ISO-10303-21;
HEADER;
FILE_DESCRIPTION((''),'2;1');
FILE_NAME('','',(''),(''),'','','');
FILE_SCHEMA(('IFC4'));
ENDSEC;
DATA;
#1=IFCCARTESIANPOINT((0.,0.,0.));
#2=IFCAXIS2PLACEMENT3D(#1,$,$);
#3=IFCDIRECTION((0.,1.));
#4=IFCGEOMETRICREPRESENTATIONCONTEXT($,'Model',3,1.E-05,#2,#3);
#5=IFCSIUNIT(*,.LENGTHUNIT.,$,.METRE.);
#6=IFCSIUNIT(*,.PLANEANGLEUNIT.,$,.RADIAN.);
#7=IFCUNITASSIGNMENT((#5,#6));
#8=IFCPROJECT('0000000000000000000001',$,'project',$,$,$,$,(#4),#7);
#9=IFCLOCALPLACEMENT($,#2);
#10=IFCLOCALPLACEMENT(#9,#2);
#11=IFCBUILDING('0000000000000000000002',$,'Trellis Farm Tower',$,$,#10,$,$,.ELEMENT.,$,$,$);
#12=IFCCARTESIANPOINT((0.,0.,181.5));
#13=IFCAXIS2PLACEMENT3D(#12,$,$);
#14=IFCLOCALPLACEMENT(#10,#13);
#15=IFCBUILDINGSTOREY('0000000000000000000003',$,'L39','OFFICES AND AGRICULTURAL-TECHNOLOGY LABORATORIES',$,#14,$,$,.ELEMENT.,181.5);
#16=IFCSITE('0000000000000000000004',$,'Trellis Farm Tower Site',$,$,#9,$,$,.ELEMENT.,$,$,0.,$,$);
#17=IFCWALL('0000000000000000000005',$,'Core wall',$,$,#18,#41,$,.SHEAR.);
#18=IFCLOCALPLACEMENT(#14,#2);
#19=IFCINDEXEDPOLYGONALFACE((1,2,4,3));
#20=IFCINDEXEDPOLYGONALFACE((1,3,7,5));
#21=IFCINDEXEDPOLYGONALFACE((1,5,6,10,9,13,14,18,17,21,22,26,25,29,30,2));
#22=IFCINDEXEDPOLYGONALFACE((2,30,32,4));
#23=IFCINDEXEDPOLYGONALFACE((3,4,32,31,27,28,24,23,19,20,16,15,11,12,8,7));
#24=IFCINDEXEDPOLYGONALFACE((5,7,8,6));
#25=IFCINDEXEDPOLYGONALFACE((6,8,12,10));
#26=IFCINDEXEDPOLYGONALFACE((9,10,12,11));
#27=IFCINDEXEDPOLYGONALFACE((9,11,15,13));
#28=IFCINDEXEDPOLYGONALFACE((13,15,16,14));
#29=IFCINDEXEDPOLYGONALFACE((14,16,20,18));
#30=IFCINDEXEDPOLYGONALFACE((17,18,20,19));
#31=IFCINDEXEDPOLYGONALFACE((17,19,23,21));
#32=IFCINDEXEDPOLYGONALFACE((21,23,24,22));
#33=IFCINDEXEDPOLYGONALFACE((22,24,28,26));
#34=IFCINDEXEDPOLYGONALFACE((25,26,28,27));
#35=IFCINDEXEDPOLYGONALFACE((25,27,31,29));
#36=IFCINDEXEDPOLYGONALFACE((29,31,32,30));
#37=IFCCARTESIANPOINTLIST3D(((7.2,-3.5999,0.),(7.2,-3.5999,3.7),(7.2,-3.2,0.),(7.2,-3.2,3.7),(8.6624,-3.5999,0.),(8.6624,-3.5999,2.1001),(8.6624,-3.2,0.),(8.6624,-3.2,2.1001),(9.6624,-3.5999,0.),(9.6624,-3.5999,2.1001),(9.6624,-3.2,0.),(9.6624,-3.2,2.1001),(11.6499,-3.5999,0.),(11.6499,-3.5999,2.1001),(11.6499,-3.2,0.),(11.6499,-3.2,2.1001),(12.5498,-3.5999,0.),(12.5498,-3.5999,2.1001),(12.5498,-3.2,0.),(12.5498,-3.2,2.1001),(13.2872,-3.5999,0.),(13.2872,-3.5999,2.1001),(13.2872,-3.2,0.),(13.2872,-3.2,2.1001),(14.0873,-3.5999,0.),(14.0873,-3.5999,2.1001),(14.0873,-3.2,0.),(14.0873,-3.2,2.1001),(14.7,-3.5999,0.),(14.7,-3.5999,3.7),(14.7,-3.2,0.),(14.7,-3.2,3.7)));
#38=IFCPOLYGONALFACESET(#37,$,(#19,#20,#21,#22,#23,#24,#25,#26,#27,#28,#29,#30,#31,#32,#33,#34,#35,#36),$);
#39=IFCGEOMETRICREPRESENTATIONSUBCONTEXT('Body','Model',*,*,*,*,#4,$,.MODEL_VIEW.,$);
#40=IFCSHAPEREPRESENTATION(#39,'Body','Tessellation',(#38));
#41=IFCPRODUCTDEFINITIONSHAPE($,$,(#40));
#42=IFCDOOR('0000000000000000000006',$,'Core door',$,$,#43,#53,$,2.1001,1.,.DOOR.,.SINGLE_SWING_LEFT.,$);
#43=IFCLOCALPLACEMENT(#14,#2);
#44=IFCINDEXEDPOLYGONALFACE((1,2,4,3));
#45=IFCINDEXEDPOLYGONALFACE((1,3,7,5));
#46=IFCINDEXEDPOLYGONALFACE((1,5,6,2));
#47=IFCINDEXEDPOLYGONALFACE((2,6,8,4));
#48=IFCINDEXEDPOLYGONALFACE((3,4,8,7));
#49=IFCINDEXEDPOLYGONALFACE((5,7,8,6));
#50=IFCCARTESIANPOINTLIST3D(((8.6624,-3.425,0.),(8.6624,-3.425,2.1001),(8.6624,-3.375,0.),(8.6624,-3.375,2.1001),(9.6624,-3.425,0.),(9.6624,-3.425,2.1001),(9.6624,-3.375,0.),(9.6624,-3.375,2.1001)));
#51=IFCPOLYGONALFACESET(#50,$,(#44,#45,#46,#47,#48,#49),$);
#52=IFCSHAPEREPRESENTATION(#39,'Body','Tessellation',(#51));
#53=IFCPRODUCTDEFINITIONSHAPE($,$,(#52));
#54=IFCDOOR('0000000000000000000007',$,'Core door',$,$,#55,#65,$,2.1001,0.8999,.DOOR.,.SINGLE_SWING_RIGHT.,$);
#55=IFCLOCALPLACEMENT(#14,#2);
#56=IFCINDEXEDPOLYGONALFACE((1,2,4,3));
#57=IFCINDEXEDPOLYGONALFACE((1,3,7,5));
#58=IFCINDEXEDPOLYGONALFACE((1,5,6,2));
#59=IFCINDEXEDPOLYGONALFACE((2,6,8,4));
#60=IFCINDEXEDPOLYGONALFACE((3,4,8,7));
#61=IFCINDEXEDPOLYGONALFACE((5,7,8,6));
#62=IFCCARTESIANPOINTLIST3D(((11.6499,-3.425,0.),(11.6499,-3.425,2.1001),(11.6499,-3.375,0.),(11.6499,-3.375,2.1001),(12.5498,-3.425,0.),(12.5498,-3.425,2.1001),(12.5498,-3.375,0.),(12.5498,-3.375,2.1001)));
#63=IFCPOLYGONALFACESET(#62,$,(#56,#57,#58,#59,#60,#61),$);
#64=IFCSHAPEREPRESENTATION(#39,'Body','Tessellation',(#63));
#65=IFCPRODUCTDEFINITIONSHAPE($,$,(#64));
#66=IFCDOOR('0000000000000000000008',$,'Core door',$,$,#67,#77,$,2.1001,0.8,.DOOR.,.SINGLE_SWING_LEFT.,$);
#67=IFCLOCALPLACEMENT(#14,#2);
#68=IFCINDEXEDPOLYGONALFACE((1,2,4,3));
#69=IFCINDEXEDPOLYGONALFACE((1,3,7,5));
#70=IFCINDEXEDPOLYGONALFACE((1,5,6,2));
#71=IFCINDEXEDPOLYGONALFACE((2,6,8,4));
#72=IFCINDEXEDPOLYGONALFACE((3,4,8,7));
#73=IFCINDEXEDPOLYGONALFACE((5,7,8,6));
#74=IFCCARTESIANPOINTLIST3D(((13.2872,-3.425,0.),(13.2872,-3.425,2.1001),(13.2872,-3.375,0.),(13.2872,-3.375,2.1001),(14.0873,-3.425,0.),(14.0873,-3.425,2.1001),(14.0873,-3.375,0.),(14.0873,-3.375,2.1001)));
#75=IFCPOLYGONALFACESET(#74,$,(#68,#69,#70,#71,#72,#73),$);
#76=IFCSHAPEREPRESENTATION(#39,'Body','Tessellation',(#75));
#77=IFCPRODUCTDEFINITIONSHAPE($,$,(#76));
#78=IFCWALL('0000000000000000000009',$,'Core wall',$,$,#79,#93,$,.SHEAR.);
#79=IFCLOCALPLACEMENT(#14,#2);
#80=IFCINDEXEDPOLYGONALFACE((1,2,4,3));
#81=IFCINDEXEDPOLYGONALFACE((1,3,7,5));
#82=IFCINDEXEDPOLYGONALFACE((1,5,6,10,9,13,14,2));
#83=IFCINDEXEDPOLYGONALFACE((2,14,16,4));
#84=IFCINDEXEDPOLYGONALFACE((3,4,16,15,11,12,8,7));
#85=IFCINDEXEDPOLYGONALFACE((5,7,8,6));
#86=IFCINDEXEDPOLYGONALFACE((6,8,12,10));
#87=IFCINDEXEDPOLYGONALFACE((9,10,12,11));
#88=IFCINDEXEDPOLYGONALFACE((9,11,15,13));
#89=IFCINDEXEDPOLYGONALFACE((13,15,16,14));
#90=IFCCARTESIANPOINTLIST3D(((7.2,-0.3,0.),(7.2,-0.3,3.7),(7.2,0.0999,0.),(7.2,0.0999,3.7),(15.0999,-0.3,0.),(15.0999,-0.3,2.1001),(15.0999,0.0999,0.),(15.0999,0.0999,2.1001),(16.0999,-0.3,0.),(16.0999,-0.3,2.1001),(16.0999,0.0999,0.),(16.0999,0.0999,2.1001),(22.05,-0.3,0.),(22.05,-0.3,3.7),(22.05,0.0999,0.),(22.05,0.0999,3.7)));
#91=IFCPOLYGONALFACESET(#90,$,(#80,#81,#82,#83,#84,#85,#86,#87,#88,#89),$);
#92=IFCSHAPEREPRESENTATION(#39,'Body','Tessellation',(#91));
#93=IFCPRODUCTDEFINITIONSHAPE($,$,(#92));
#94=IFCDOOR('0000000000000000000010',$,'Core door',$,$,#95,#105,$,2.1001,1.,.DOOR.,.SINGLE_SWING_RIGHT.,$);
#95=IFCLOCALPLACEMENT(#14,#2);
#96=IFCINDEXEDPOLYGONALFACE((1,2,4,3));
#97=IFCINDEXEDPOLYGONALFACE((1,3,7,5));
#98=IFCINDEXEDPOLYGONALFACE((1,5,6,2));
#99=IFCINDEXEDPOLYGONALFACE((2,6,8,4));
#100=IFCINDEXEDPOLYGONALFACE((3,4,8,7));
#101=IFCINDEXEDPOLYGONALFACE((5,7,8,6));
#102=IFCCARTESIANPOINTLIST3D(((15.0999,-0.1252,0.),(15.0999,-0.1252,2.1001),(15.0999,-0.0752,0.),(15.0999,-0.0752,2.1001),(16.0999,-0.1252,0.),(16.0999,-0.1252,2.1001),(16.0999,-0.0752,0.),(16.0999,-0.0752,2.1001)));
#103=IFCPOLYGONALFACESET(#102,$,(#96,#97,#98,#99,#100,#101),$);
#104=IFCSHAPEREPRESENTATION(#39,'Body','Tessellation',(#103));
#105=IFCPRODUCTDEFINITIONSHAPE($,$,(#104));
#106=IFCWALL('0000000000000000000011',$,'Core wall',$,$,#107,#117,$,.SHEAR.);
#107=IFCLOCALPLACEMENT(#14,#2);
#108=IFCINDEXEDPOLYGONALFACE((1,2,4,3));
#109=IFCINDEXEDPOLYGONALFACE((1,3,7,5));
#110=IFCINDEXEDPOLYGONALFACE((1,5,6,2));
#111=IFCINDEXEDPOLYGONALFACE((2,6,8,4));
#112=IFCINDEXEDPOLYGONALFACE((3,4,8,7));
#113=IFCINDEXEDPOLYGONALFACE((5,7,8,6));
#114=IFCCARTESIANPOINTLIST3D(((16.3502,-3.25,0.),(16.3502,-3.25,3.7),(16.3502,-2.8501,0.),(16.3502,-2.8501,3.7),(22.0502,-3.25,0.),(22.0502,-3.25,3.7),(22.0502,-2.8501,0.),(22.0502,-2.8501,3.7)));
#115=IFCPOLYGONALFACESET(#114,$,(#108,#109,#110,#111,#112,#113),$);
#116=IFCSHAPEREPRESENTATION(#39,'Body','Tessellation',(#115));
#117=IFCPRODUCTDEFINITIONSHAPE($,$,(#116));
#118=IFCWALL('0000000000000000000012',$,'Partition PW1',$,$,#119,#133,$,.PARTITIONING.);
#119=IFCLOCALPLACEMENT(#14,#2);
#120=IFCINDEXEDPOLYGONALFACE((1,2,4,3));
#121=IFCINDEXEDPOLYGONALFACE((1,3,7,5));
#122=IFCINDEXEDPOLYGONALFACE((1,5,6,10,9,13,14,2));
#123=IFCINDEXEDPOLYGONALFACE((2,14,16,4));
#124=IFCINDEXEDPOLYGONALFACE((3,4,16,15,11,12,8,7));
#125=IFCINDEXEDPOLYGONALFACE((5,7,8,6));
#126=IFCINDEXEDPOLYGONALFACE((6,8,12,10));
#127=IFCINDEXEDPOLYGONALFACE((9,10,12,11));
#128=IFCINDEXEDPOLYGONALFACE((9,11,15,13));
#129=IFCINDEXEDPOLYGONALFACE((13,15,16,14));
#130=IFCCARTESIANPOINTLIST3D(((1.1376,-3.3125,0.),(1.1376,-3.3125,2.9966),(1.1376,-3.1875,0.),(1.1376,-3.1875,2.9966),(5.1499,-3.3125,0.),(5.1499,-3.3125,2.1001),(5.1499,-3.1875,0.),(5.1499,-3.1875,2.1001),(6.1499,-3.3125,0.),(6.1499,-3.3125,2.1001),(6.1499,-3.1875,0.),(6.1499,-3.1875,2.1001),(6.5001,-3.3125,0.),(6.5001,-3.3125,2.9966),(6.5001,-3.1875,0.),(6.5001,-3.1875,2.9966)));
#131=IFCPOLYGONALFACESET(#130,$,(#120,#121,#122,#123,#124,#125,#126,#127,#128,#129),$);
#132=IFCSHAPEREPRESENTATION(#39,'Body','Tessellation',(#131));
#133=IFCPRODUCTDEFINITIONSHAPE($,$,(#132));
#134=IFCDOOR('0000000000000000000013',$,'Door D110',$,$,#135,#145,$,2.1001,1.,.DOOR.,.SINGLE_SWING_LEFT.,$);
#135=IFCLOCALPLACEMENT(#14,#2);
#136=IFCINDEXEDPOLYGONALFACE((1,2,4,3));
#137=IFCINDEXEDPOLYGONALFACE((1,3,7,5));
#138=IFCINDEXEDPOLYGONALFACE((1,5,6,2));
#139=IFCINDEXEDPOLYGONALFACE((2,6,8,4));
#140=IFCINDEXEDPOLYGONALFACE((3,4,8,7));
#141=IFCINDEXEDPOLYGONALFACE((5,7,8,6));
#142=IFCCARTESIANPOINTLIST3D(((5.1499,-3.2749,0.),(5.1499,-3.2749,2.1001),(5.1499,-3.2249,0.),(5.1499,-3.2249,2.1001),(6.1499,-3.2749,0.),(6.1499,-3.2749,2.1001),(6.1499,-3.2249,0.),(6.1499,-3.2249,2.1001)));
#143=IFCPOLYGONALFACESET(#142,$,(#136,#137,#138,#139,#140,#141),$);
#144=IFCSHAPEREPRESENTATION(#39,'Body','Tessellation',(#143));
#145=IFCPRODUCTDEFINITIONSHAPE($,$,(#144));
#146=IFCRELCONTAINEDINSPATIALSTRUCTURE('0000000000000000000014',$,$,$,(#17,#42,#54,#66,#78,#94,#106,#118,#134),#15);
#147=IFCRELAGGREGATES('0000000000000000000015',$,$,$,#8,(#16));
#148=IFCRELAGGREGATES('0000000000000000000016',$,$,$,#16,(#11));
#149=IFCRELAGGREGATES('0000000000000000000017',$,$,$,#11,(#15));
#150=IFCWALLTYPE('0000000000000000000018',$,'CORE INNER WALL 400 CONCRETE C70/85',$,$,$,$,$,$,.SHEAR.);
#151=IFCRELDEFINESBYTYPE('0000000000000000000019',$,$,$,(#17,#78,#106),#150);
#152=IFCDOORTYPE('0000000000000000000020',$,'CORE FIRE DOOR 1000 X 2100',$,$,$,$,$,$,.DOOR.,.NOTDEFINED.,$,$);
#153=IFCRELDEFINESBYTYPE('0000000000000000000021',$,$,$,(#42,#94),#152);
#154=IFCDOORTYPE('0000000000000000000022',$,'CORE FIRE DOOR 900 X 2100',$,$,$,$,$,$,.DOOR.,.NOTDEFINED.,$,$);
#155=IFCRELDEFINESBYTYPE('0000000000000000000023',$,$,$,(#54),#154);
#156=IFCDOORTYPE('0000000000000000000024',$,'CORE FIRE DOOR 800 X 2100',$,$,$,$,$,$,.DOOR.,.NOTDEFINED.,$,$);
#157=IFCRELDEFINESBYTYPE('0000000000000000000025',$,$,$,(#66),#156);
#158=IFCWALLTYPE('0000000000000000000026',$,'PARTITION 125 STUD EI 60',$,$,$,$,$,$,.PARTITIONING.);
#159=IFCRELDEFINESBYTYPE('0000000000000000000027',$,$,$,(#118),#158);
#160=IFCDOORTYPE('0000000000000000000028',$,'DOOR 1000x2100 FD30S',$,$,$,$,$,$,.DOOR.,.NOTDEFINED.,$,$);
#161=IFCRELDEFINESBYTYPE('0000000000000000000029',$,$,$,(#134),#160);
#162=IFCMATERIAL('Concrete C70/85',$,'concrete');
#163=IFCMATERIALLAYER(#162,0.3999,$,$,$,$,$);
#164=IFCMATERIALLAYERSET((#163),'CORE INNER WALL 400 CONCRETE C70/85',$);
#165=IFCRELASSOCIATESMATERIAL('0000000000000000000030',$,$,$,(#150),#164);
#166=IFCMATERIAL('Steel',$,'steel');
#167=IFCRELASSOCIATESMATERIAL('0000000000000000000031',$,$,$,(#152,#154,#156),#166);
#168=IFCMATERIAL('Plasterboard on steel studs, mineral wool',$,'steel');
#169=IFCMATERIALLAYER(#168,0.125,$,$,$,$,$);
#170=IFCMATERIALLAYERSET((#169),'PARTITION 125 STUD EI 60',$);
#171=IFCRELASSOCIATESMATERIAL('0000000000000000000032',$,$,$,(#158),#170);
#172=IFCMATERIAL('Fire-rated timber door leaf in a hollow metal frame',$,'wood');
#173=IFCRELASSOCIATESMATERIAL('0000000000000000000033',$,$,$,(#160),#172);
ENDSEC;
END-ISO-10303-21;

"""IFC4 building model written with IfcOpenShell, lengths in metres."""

from ifc_helpers import new_model, si_unit, direction, frame, frame_2d, origin, place, context, subcontext, project, spatial, rectangle, extrude, source, transform, mapped, material, layer, layer_set, type_object, element, fill, save


model = new_model("IFC4")

# Units and contexts
model_context = context("Model", 3, precision=1e-05, world=origin(), true_north=direction((0.0, 1.0)))
body_context = subcontext(model_context, "Body", "Model", "MODEL_VIEW")
ifc_project = project(units=[si_unit("LENGTHUNIT", "METRE"), si_unit("PLANEANGLEUNIT", "RADIAN")], contexts=[model_context])

# Site, building, storey
site_placement = place(None, origin())
site = spatial("IfcSite", under=ifc_project, at=site_placement, Name="Trellis Farm Tower Site", CompositionType="ELEMENT", RefElevation=0.0)
building_placement = place(site_placement, origin())
building = spatial("IfcBuilding", under=site, at=building_placement, Name="Trellis Farm Tower", CompositionType="ELEMENT")
storey_placement = place(building_placement, frame((0.0, 0.0, 181.5)))
storey = spatial("IfcBuildingStorey", under=building, at=storey_placement, Name="L39", Description="OFFICES AND AGRICULTURAL-TECHNOLOGY LABORATORIES", CompositionType="ELEMENT", Elevation=181.5)

# Shared definitions
ifc_material_1 = material(Name="Concrete C70/85", Category="concrete")

# Wall, openings, doors
ifc_layer_1 = layer(ifc_material_1, 0.3999)
ifc_layer_set_1 = layer_set([ifc_layer_1], Name="CORE INNER WALL 400 CONCRETE C70/85")
wall_type_1 = type_object("IfcWallType", Name="CORE INNER WALL 400 CONCRETE C70/85", PredefinedType="SHEAR", material=ifc_layer_set_1)
shared_shape_1 = source(origin(), body_context, "Body", "SweptSolid", [
    extrude(rectangle(XDim=7.5, YDim=0.3999, at=frame_2d((3.75, 0.0))), origin(), (0.0, 0.0, 1.0), 3.7),
])
wall_1_placement = place(storey_placement, frame((7.2, -3.3999, 0.0), z_axis=(0.0, 0.0, 1.0), x_axis=(1.0, 0.0, 0.0)))
wall_1 = element("IfcWall", 1, at=wall_1_placement, inside=storey, type_object=wall_type_1, Name="Core wall", PredefinedType="SHEAR", context=body_context, shape_type="MappedRepresentation", body=[
    mapped(shared_shape_1, transform((0.0, 0.0, 0.0))),
])
shared_shape_2 = source(origin(), body_context, "Body", "SweptSolid", [
    extrude(rectangle(XDim=1.0, YDim=2.1001, at=frame_2d((0.5, 1.05))), frame((0.0, 0.21, 0.0), z_axis=(0.0, -1.0, 0.0), x_axis=(1.0, 0.0, 0.0)), (0.0, 0.0, 1.0), 0.4199),
])
opening_1_placement = place(wall_1_placement, frame((1.4624, 0.0, 0.0)))
opening_1 = element("IfcOpeningElement", 2, at=opening_1_placement, cuts=wall_1, PredefinedType="OPENING", context=body_context, shape_type="MappedRepresentation", body=[
    mapped(shared_shape_2, transform((0.0, 0.0, 0.0))),
])
shared_shape_3 = source(origin(), body_context, "Body", "SweptSolid", [
    extrude(rectangle(XDim=0.8999, YDim=2.1001, at=frame_2d((0.45, 1.05))), frame((0.0, 0.21, 0.0), z_axis=(0.0, -1.0, 0.0), x_axis=(1.0, 0.0, 0.0)), (0.0, 0.0, 1.0), 0.4199),
])
opening_2_placement = place(wall_1_placement, frame((4.45, 0.0, 0.0)))
opening_2 = element("IfcOpeningElement", 3, at=opening_2_placement, cuts=wall_1, PredefinedType="OPENING", context=body_context, shape_type="MappedRepresentation", body=[
    mapped(shared_shape_3, transform((0.0, 0.0, 0.0))),
])
shared_shape_4 = source(origin(), body_context, "Body", "SweptSolid", [
    extrude(rectangle(XDim=0.8, YDim=2.1001, at=frame_2d((0.3999, 1.05))), frame((0.0, 0.21, 0.0), z_axis=(0.0, -1.0, 0.0), x_axis=(1.0, 0.0, 0.0)), (0.0, 0.0, 1.0), 0.4199),
])
opening_3_placement = place(wall_1_placement, frame((6.0874, 0.0, 0.0)))
opening_3 = element("IfcOpeningElement", 4, at=opening_3_placement, cuts=wall_1, PredefinedType="OPENING", context=body_context, shape_type="MappedRepresentation", body=[
    mapped(shared_shape_4, transform((0.0, 0.0, 0.0))),
])
ifc_material_2 = material(Name="Steel", Category="steel")
door_type_1 = type_object("IfcDoorType", Name="CORE FIRE DOOR 1000 X 2100", OperationType="NOTDEFINED", PredefinedType="DOOR", material=ifc_material_2)
shared_shape_5 = source(origin(), body_context, "Body", "SweptSolid", [
    extrude(rectangle(XDim=1.0, YDim=2.1001, at=frame_2d((0.5, 1.05))), frame((0.0, 0.0249, 0.0), z_axis=(0.0, -1.0, 0.0), x_axis=(1.0, 0.0, 0.0)), (0.0, 0.0, 1.0), 0.05),
])
door_1_placement = place(opening_1_placement, origin())
door_1 = element("IfcDoor", 5, at=door_1_placement, inside=storey, type_object=door_type_1, Name="Core door", OperationType="SINGLE_SWING_LEFT", OverallHeight=2.1001, OverallWidth=1.0, PredefinedType="DOOR", context=body_context, shape_type="MappedRepresentation", body=[
    mapped(shared_shape_5, transform((0.0, 0.0, 0.0))),
])
fill(opening_1, door_1)
door_type_2 = type_object("IfcDoorType", Name="CORE FIRE DOOR 900 X 2100", OperationType="NOTDEFINED", PredefinedType="DOOR", material=ifc_material_2)
shared_shape_6 = source(origin(), body_context, "Body", "SweptSolid", [
    extrude(rectangle(XDim=0.8999, YDim=2.1001, at=frame_2d((0.45, 1.05))), frame((0.0, 0.0249, 0.0), z_axis=(0.0, -1.0, 0.0), x_axis=(1.0, 0.0, 0.0)), (0.0, 0.0, 1.0), 0.05),
])
door_2_placement = place(opening_2_placement, origin())
door_2 = element("IfcDoor", 6, at=door_2_placement, inside=storey, type_object=door_type_2, Name="Core door", OperationType="SINGLE_SWING_RIGHT", OverallHeight=2.1001, OverallWidth=0.8999, PredefinedType="DOOR", context=body_context, shape_type="MappedRepresentation", body=[
    mapped(shared_shape_6, transform((0.0, 0.0, 0.0))),
])
fill(opening_2, door_2)
door_type_3 = type_object("IfcDoorType", Name="CORE FIRE DOOR 800 X 2100", OperationType="NOTDEFINED", PredefinedType="DOOR", material=ifc_material_2)
shared_shape_7 = source(origin(), body_context, "Body", "SweptSolid", [
    extrude(rectangle(XDim=0.8, YDim=2.1001, at=frame_2d((0.3999, 1.05))), frame((0.0, 0.0249, 0.0), z_axis=(0.0, -1.0, 0.0), x_axis=(1.0, 0.0, 0.0)), (0.0, 0.0, 1.0), 0.05),
])
door_3_placement = place(opening_3_placement, origin())
door_3 = element("IfcDoor", 7, at=door_3_placement, inside=storey, type_object=door_type_3, Name="Core door", OperationType="SINGLE_SWING_LEFT", OverallHeight=2.1001, OverallWidth=0.8, PredefinedType="DOOR", context=body_context, shape_type="MappedRepresentation", body=[
    mapped(shared_shape_7, transform((0.0, 0.0, 0.0))),
])
fill(opening_3, door_3)

# Wall, opening, door
shared_shape_8 = source(origin(), body_context, "Body", "SweptSolid", [
    extrude(rectangle(XDim=14.8501, YDim=0.3999, at=frame_2d((7.425, 0.0))), origin(), (0.0, 0.0, 1.0), 3.7),
])
wall_2_placement = place(storey_placement, frame((7.2, -0.1001, 0.0), z_axis=(0.0, 0.0, 1.0), x_axis=(1.0, 0.0, 0.0)))
wall_2 = element("IfcWall", 8, at=wall_2_placement, inside=storey, type_object=wall_type_1, Name="Core wall", PredefinedType="SHEAR", context=body_context, shape_type="MappedRepresentation", body=[
    mapped(shared_shape_8, transform((0.0, 0.0, 0.0))),
])
opening_4_placement = place(wall_2_placement, frame((7.8999, 0.0, 0.0)))
opening_4 = element("IfcOpeningElement", 9, at=opening_4_placement, cuts=wall_2, PredefinedType="OPENING", context=body_context, shape_type="MappedRepresentation", body=[
    mapped(shared_shape_2, transform((0.0, 0.0, 0.0))),
])
door_4_placement = place(opening_4_placement, origin())
door_4 = element("IfcDoor", 10, at=door_4_placement, inside=storey, type_object=door_type_1, Name="Core door", OperationType="SINGLE_SWING_RIGHT", OverallHeight=2.1001, OverallWidth=1.0, PredefinedType="DOOR", context=body_context, shape_type="MappedRepresentation", body=[
    mapped(shared_shape_5, transform((0.0, 0.0, 0.0))),
])
fill(opening_4, door_4)

# Wall
shared_shape_9 = source(origin(), body_context, "Body", "SweptSolid", [
    extrude(rectangle(XDim=5.7, YDim=0.3999, at=frame_2d((2.8501, 0.0))), origin(), (0.0, 0.0, 1.0), 3.7),
])
wall_3_placement = place(storey_placement, frame((16.3501, -3.05, 0.0), z_axis=(0.0, 0.0, 1.0), x_axis=(1.0, 0.0, 0.0)))
element("IfcWall", 11, at=wall_3_placement, inside=storey, type_object=wall_type_1, Name="Core wall", PredefinedType="SHEAR", context=body_context, shape_type="MappedRepresentation", body=[
    mapped(shared_shape_9, transform((0.0, 0.0, 0.0))),
])

# Wall, opening, door
ifc_material_3 = material(Name="Plasterboard on steel studs, mineral wool", Category="steel")
ifc_layer_2 = layer(ifc_material_3, 0.125)
ifc_layer_set_2 = layer_set([ifc_layer_2], Name="PARTITION 125 STUD EI 60")
wall_type_2 = type_object("IfcWallType", Name="PARTITION 125 STUD EI 60", PredefinedType="PARTITIONING", material=ifc_layer_set_2)
shared_shape_10 = source(origin(), body_context, "Body", "SweptSolid", [
    extrude(rectangle(XDim=5.3625, YDim=0.125, at=frame_2d((2.6812, 0.0))), origin(), (0.0, 0.0, 1.0), 2.9966),
])
wall_4_placement = place(storey_placement, frame((6.5, -3.25, 0.0), z_axis=(0.0, 0.0, 1.0), x_axis=(-1.0, 0.0, 0.0)))
wall_4 = element("IfcWall", 12, at=wall_4_placement, inside=storey, type_object=wall_type_2, Name="Partition PW1", PredefinedType="PARTITIONING", context=body_context, shape_type="MappedRepresentation", body=[
    mapped(shared_shape_10, transform((0.0, 0.0, 0.0))),
])
shared_shape_11 = source(origin(), body_context, "Body", "SweptSolid", [
    extrude(rectangle(XDim=1.0, YDim=2.1001, at=frame_2d((0.5, 1.05))), frame((0.0, 0.0725, 0.0), z_axis=(0.0, -1.0, 0.0), x_axis=(1.0, 0.0, 0.0)), (0.0, 0.0, 1.0), 0.145),
])
opening_5_placement = place(wall_4_placement, frame((0.3501, 0.0, 0.0)))
opening_5 = element("IfcOpeningElement", 13, at=opening_5_placement, cuts=wall_4, PredefinedType="OPENING", context=body_context, shape_type="MappedRepresentation", body=[
    mapped(shared_shape_11, transform((0.0, 0.0, 0.0))),
])
ifc_material_4 = material(Name="Fire-rated timber door leaf in a hollow metal frame", Category="wood")
door_type_4 = type_object("IfcDoorType", Name="DOOR 1000x2100 FD30S", OperationType="NOTDEFINED", PredefinedType="DOOR", material=ifc_material_4)
door_5_placement = place(opening_5_placement, origin())
door_5 = element("IfcDoor", 14, at=door_5_placement, inside=storey, type_object=door_type_4, Name="Door D110", OperationType="SINGLE_SWING_LEFT", OverallHeight=2.1001, OverallWidth=1.0, PredefinedType="DOOR", context=body_context, shape_type="MappedRepresentation", body=[
    mapped(shared_shape_5, transform((0.0, 0.0, 0.0))),
])
fill(opening_5, door_5)

save(model, "model.ifc")
